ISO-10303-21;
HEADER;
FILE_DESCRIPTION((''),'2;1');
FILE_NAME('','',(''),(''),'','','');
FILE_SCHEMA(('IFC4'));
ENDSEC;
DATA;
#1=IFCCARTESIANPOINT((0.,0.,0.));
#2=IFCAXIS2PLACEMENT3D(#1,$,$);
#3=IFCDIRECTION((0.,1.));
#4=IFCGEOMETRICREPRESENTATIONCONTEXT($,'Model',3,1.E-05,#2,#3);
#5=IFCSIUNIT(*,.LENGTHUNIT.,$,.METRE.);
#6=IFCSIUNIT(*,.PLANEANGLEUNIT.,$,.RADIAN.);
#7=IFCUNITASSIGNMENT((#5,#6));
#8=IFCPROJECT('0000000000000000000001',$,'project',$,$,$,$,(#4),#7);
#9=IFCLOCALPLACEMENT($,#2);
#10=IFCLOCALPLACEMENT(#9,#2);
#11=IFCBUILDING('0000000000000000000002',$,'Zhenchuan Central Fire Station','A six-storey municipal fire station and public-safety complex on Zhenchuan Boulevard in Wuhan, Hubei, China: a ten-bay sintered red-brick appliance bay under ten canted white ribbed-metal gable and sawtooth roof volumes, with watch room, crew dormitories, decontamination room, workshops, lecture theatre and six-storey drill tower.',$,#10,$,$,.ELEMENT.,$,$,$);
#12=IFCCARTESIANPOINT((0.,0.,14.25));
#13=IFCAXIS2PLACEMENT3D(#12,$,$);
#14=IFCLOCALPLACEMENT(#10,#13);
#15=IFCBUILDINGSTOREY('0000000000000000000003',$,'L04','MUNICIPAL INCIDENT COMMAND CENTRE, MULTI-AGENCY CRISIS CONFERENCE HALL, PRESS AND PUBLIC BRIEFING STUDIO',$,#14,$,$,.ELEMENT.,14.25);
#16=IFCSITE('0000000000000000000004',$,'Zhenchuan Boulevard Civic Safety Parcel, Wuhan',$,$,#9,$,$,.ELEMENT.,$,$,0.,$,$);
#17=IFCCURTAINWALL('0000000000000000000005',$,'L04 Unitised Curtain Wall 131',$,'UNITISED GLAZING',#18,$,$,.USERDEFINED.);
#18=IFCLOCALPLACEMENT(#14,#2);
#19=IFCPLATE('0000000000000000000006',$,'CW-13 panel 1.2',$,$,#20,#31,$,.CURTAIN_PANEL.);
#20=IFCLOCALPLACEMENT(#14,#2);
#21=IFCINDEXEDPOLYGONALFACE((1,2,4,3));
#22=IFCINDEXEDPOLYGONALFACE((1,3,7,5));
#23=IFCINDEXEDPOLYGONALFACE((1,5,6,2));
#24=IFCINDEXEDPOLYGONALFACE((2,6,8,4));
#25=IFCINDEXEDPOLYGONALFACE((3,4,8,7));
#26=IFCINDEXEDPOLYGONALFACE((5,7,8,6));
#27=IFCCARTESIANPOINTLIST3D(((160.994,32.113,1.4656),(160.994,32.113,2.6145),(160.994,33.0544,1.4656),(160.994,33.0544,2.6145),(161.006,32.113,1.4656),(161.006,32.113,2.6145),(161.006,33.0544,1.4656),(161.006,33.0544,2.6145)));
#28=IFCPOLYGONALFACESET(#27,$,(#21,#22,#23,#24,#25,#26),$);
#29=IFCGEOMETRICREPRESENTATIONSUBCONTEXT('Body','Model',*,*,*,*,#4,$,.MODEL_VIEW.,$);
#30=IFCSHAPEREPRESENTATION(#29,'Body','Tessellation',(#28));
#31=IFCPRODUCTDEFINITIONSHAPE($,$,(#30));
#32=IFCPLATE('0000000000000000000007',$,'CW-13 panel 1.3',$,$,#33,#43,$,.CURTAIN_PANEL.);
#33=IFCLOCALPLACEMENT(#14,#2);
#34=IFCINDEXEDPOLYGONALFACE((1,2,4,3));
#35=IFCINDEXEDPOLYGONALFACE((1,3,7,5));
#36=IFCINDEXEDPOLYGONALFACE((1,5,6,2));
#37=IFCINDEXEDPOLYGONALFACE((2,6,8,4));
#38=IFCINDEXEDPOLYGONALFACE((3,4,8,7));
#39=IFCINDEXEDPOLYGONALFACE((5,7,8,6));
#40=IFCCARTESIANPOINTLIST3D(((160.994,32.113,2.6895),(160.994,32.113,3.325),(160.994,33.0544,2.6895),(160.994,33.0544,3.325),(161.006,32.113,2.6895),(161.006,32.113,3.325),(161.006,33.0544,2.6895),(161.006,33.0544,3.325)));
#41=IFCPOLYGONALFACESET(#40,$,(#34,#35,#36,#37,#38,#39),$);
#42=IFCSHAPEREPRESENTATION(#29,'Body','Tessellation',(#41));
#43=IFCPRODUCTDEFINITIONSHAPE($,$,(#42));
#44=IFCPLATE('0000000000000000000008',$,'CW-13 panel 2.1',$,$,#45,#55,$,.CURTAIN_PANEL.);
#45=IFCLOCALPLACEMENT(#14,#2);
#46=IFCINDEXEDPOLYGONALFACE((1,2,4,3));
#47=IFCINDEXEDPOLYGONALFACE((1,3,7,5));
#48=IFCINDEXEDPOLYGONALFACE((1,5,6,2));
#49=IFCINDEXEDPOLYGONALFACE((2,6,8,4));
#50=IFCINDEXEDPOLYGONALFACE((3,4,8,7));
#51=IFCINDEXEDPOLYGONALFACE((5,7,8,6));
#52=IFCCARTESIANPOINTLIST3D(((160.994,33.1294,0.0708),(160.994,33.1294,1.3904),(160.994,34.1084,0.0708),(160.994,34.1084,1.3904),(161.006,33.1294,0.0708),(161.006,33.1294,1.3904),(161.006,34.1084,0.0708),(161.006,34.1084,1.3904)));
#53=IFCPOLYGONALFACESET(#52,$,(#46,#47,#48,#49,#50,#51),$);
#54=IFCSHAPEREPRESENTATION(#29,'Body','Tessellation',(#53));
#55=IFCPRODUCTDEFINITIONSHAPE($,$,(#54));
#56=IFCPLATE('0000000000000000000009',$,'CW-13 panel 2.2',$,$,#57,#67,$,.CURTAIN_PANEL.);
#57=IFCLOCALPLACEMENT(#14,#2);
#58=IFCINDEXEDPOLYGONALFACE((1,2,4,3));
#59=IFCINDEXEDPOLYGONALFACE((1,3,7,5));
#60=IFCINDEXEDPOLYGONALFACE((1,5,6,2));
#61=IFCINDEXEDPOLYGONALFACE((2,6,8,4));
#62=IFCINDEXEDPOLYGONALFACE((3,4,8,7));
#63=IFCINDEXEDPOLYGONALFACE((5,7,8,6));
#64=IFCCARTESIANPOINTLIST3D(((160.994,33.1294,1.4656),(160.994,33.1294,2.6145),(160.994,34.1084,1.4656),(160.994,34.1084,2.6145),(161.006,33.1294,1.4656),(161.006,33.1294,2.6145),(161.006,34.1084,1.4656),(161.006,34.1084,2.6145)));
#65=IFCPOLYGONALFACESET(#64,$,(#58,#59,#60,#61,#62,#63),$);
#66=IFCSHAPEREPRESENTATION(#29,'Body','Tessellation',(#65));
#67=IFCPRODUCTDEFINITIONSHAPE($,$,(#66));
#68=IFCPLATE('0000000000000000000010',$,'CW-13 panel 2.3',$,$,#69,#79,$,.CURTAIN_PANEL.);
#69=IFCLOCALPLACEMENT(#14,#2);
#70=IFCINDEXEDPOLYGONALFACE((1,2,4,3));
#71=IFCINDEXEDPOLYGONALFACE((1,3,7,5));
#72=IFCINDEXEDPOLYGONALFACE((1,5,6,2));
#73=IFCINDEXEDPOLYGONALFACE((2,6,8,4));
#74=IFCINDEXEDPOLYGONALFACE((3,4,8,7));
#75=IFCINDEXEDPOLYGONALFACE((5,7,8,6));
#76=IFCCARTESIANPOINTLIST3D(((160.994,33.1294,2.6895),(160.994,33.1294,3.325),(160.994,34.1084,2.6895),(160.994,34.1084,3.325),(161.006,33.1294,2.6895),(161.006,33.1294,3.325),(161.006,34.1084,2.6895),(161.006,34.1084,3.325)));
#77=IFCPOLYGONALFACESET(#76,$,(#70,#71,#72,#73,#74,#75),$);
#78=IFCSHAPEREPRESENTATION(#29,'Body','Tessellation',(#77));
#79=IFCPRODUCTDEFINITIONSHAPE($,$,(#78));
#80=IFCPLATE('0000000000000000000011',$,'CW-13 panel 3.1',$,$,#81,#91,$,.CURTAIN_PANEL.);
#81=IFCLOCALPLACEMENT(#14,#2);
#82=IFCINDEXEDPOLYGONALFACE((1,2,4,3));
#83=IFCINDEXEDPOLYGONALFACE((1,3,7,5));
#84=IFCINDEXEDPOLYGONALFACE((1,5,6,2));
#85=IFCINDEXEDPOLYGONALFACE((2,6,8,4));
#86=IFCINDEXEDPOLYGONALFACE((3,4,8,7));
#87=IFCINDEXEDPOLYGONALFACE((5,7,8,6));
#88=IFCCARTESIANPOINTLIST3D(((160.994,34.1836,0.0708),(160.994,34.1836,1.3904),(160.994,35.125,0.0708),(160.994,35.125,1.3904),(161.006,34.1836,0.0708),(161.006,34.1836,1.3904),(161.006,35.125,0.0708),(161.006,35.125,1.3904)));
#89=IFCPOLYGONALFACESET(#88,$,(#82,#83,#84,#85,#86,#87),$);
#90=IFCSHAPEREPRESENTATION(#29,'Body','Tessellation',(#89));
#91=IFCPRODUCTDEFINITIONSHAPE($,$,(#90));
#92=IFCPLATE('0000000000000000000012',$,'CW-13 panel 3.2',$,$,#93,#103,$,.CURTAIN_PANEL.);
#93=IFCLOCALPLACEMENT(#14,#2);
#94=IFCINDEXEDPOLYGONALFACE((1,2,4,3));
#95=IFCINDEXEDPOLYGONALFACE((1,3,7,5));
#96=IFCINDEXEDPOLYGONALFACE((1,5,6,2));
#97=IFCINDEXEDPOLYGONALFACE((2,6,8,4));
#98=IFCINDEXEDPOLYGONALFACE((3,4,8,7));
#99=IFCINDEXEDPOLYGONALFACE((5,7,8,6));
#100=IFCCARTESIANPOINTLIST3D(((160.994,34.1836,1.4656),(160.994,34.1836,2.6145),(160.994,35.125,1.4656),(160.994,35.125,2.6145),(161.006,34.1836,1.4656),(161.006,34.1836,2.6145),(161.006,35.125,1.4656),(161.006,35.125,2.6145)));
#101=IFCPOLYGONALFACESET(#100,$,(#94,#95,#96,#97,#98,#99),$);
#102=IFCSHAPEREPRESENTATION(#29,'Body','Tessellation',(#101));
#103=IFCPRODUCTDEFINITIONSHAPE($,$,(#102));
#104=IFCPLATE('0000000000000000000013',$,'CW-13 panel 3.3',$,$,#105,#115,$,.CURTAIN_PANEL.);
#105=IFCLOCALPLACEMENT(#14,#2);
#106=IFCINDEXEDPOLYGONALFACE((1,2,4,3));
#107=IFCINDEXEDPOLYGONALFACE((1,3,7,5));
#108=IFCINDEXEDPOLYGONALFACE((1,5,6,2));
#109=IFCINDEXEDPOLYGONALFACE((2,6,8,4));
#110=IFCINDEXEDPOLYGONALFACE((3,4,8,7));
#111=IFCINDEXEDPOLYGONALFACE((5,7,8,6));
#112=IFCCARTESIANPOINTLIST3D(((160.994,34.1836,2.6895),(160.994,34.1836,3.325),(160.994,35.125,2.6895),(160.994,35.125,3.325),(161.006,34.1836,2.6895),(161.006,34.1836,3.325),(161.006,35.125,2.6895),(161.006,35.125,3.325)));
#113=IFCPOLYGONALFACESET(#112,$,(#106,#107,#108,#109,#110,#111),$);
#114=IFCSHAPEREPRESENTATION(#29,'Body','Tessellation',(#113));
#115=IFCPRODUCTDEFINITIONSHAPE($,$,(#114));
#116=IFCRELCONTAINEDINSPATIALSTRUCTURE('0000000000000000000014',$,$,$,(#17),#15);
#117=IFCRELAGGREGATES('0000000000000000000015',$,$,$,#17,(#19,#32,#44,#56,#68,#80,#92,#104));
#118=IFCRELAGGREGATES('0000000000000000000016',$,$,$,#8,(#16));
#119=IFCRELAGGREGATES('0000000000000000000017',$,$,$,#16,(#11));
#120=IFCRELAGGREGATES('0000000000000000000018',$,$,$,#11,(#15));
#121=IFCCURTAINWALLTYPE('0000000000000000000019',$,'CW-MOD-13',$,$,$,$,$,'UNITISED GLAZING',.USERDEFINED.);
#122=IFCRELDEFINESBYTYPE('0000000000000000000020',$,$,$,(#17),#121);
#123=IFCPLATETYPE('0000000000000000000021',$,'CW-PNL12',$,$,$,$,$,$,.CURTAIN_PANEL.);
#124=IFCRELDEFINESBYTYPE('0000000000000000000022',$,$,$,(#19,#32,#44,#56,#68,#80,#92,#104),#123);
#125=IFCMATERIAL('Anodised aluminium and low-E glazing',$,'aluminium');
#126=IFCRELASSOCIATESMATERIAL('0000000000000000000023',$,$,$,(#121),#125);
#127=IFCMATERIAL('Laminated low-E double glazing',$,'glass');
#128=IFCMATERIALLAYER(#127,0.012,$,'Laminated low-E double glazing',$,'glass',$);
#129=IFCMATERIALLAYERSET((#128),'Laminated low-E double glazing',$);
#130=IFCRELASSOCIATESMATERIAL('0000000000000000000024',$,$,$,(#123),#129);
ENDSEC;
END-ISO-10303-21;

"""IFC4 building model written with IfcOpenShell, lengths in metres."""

from ifc_helpers import new_model, si_unit, direction, frame, origin, origin_2d, place, context, subcontext, project, spatial, rectangle, extrude, material, layer, layer_set, type_object, element, aggregate, save


model = new_model("IFC4")

# Units and contexts
model_context = context("Model", 3, precision=1e-05, world=origin(), true_north=direction((0.0, 1.0)))
body_context = subcontext(model_context, "Body", "Model", "MODEL_VIEW")
ifc_project = project(units=[si_unit("LENGTHUNIT", "METRE"), si_unit("PLANEANGLEUNIT", "RADIAN")], contexts=[model_context])

# Site, building, storey
site_placement = place(None, origin())
site = spatial("IfcSite", under=ifc_project, at=site_placement, Name="Zhenchuan Boulevard Civic Safety Parcel, Wuhan", CompositionType="ELEMENT", RefElevation=0.0)
building_placement = place(site_placement, origin())
building = spatial("IfcBuilding", under=site, at=building_placement, Name="Zhenchuan Central Fire Station", Description="A six-storey municipal fire station and public-safety complex on Zhenchuan Boulevard in Wuhan, Hubei, China: a ten-bay sintered red-brick appliance bay under ten canted white ribbed-metal gable and sawtooth roof volumes, with watch room, crew dormitories, decontamination room, workshops, lecture theatre and six-storey drill tower.", CompositionType="ELEMENT")
storey_placement = place(building_placement, frame((0.0, 0.0, 14.25)))
storey = spatial("IfcBuildingStorey", under=building, at=storey_placement, Name="L04", Description="MUNICIPAL INCIDENT COMMAND CENTRE, MULTI-AGENCY CRISIS CONFERENCE HALL, PRESS AND PUBLIC BRIEFING STUDIO", CompositionType="ELEMENT", Elevation=14.25)

# Curtain wall, plates
ifc_material_1 = material(Name="Anodised aluminium and low-E glazing", Category="aluminium")
curtain_wall_type = type_object("IfcCurtainWallType", Name="CW-MOD-13", ElementType="UNITISED GLAZING", PredefinedType="USERDEFINED", material=ifc_material_1)
curtain_wall_placement = place(storey_placement, origin())
curtain_wall = element("IfcCurtainWall", 1, at=curtain_wall_placement, inside=storey, type_object=curtain_wall_type, Name="L04 Unitised Curtain Wall 131", ObjectType="UNITISED GLAZING", PredefinedType="USERDEFINED")
ifc_material_2 = material(Name="Laminated low-E double glazing", Category="glass")
ifc_layer = layer(ifc_material_2, 0.012, Name="Laminated low-E double glazing", Category="glass")
ifc_layer_set = layer_set([ifc_layer], Name="Laminated low-E double glazing")
plate_type = type_object("IfcPlateType", Name="CW-PNL12", PredefinedType="CURTAIN_PANEL", material=ifc_layer_set)
plate_1_placement = place(storey_placement, frame((161.0, 32.5837, 1.4656), z_axis=(0.0, 0.0, 1.0), x_axis=(0.0, 1.0, 0.0)))
plate_1 = element("IfcPlate", 2, at=plate_1_placement, type_object=plate_type, Name="CW-13 panel 1.2", PredefinedType="CURTAIN_PANEL", context=body_context, shape_type="SweptSolid", body=[
    extrude(rectangle(XDim=0.9414, YDim=0.012, at=origin_2d()), origin(), (0.0, 0.0, 1.0), 1.1489),
])
plate_2_placement = place(storey_placement, frame((161.0, 32.5837, 2.6895), z_axis=(0.0, 0.0, 1.0), x_axis=(0.0, 1.0, 0.0)))
plate_2 = element("IfcPlate", 3, at=plate_2_placement, type_object=plate_type, Name="CW-13 panel 1.3", PredefinedType="CURTAIN_PANEL", context=body_context, shape_type="SweptSolid", body=[
    extrude(rectangle(XDim=0.9414, YDim=0.012, at=origin_2d()), origin(), (0.0, 0.0, 1.0), 0.6355),
])
plate_3_placement = place(storey_placement, frame((161.0, 33.6189, 0.0708), z_axis=(0.0, 0.0, 1.0), x_axis=(0.0, 1.0, 0.0)))
plate_3 = element("IfcPlate", 4, at=plate_3_placement, type_object=plate_type, Name="CW-13 panel 2.1", PredefinedType="CURTAIN_PANEL", context=body_context, shape_type="SweptSolid", body=[
    extrude(rectangle(XDim=0.979, YDim=0.012, at=origin_2d()), origin(), (0.0, 0.0, 1.0), 1.3196),
])
plate_4_placement = place(storey_placement, frame((161.0, 33.6189, 1.4656), z_axis=(0.0, 0.0, 1.0), x_axis=(0.0, 1.0, 0.0)))
plate_4 = element("IfcPlate", 5, at=plate_4_placement, type_object=plate_type, Name="CW-13 panel 2.2", PredefinedType="CURTAIN_PANEL", context=body_context, shape_type="SweptSolid", body=[
    extrude(rectangle(XDim=0.979, YDim=0.012, at=origin_2d()), origin(), (0.0, 0.0, 1.0), 1.1489),
])
plate_5_placement = place(storey_placement, frame((161.0, 33.6189, 2.6895), z_axis=(0.0, 0.0, 1.0), x_axis=(0.0, 1.0, 0.0)))
plate_5 = element("IfcPlate", 6, at=plate_5_placement, type_object=plate_type, Name="CW-13 panel 2.3", PredefinedType="CURTAIN_PANEL", context=body_context, shape_type="SweptSolid", body=[
    extrude(rectangle(XDim=0.979, YDim=0.012, at=origin_2d()), origin(), (0.0, 0.0, 1.0), 0.6355),
])
plate_6_placement = place(storey_placement, frame((161.0, 34.6543, 0.0708), z_axis=(0.0, 0.0, 1.0), x_axis=(0.0, 1.0, 0.0)))
plate_6 = element("IfcPlate", 7, at=plate_6_placement, type_object=plate_type, Name="CW-13 panel 3.1", PredefinedType="CURTAIN_PANEL", context=body_context, shape_type="SweptSolid", body=[
    extrude(rectangle(XDim=0.9414, YDim=0.012, at=origin_2d()), origin(), (0.0, 0.0, 1.0), 1.3196),
])
plate_7_placement = place(storey_placement, frame((161.0, 34.6543, 1.4656), z_axis=(0.0, 0.0, 1.0), x_axis=(0.0, 1.0, 0.0)))
plate_7 = element("IfcPlate", 8, at=plate_7_placement, type_object=plate_type, Name="CW-13 panel 3.2", PredefinedType="CURTAIN_PANEL", context=body_context, shape_type="SweptSolid", body=[
    extrude(rectangle(XDim=0.9414, YDim=0.012, at=origin_2d()), origin(), (0.0, 0.0, 1.0), 1.1489),
])
plate_8_placement = place(storey_placement, frame((161.0, 34.6543, 2.6895), z_axis=(0.0, 0.0, 1.0), x_axis=(0.0, 1.0, 0.0)))
plate_8 = element("IfcPlate", 9, at=plate_8_placement, type_object=plate_type, Name="CW-13 panel 3.3", PredefinedType="CURTAIN_PANEL", context=body_context, shape_type="SweptSolid", body=[
    extrude(rectangle(XDim=0.9414, YDim=0.012, at=origin_2d()), origin(), (0.0, 0.0, 1.0), 0.6355),
])
aggregate(curtain_wall, [plate_1, plate_2, plate_3, plate_4, plate_5, plate_6, plate_7, plate_8])

save(model, "model.ifc")
